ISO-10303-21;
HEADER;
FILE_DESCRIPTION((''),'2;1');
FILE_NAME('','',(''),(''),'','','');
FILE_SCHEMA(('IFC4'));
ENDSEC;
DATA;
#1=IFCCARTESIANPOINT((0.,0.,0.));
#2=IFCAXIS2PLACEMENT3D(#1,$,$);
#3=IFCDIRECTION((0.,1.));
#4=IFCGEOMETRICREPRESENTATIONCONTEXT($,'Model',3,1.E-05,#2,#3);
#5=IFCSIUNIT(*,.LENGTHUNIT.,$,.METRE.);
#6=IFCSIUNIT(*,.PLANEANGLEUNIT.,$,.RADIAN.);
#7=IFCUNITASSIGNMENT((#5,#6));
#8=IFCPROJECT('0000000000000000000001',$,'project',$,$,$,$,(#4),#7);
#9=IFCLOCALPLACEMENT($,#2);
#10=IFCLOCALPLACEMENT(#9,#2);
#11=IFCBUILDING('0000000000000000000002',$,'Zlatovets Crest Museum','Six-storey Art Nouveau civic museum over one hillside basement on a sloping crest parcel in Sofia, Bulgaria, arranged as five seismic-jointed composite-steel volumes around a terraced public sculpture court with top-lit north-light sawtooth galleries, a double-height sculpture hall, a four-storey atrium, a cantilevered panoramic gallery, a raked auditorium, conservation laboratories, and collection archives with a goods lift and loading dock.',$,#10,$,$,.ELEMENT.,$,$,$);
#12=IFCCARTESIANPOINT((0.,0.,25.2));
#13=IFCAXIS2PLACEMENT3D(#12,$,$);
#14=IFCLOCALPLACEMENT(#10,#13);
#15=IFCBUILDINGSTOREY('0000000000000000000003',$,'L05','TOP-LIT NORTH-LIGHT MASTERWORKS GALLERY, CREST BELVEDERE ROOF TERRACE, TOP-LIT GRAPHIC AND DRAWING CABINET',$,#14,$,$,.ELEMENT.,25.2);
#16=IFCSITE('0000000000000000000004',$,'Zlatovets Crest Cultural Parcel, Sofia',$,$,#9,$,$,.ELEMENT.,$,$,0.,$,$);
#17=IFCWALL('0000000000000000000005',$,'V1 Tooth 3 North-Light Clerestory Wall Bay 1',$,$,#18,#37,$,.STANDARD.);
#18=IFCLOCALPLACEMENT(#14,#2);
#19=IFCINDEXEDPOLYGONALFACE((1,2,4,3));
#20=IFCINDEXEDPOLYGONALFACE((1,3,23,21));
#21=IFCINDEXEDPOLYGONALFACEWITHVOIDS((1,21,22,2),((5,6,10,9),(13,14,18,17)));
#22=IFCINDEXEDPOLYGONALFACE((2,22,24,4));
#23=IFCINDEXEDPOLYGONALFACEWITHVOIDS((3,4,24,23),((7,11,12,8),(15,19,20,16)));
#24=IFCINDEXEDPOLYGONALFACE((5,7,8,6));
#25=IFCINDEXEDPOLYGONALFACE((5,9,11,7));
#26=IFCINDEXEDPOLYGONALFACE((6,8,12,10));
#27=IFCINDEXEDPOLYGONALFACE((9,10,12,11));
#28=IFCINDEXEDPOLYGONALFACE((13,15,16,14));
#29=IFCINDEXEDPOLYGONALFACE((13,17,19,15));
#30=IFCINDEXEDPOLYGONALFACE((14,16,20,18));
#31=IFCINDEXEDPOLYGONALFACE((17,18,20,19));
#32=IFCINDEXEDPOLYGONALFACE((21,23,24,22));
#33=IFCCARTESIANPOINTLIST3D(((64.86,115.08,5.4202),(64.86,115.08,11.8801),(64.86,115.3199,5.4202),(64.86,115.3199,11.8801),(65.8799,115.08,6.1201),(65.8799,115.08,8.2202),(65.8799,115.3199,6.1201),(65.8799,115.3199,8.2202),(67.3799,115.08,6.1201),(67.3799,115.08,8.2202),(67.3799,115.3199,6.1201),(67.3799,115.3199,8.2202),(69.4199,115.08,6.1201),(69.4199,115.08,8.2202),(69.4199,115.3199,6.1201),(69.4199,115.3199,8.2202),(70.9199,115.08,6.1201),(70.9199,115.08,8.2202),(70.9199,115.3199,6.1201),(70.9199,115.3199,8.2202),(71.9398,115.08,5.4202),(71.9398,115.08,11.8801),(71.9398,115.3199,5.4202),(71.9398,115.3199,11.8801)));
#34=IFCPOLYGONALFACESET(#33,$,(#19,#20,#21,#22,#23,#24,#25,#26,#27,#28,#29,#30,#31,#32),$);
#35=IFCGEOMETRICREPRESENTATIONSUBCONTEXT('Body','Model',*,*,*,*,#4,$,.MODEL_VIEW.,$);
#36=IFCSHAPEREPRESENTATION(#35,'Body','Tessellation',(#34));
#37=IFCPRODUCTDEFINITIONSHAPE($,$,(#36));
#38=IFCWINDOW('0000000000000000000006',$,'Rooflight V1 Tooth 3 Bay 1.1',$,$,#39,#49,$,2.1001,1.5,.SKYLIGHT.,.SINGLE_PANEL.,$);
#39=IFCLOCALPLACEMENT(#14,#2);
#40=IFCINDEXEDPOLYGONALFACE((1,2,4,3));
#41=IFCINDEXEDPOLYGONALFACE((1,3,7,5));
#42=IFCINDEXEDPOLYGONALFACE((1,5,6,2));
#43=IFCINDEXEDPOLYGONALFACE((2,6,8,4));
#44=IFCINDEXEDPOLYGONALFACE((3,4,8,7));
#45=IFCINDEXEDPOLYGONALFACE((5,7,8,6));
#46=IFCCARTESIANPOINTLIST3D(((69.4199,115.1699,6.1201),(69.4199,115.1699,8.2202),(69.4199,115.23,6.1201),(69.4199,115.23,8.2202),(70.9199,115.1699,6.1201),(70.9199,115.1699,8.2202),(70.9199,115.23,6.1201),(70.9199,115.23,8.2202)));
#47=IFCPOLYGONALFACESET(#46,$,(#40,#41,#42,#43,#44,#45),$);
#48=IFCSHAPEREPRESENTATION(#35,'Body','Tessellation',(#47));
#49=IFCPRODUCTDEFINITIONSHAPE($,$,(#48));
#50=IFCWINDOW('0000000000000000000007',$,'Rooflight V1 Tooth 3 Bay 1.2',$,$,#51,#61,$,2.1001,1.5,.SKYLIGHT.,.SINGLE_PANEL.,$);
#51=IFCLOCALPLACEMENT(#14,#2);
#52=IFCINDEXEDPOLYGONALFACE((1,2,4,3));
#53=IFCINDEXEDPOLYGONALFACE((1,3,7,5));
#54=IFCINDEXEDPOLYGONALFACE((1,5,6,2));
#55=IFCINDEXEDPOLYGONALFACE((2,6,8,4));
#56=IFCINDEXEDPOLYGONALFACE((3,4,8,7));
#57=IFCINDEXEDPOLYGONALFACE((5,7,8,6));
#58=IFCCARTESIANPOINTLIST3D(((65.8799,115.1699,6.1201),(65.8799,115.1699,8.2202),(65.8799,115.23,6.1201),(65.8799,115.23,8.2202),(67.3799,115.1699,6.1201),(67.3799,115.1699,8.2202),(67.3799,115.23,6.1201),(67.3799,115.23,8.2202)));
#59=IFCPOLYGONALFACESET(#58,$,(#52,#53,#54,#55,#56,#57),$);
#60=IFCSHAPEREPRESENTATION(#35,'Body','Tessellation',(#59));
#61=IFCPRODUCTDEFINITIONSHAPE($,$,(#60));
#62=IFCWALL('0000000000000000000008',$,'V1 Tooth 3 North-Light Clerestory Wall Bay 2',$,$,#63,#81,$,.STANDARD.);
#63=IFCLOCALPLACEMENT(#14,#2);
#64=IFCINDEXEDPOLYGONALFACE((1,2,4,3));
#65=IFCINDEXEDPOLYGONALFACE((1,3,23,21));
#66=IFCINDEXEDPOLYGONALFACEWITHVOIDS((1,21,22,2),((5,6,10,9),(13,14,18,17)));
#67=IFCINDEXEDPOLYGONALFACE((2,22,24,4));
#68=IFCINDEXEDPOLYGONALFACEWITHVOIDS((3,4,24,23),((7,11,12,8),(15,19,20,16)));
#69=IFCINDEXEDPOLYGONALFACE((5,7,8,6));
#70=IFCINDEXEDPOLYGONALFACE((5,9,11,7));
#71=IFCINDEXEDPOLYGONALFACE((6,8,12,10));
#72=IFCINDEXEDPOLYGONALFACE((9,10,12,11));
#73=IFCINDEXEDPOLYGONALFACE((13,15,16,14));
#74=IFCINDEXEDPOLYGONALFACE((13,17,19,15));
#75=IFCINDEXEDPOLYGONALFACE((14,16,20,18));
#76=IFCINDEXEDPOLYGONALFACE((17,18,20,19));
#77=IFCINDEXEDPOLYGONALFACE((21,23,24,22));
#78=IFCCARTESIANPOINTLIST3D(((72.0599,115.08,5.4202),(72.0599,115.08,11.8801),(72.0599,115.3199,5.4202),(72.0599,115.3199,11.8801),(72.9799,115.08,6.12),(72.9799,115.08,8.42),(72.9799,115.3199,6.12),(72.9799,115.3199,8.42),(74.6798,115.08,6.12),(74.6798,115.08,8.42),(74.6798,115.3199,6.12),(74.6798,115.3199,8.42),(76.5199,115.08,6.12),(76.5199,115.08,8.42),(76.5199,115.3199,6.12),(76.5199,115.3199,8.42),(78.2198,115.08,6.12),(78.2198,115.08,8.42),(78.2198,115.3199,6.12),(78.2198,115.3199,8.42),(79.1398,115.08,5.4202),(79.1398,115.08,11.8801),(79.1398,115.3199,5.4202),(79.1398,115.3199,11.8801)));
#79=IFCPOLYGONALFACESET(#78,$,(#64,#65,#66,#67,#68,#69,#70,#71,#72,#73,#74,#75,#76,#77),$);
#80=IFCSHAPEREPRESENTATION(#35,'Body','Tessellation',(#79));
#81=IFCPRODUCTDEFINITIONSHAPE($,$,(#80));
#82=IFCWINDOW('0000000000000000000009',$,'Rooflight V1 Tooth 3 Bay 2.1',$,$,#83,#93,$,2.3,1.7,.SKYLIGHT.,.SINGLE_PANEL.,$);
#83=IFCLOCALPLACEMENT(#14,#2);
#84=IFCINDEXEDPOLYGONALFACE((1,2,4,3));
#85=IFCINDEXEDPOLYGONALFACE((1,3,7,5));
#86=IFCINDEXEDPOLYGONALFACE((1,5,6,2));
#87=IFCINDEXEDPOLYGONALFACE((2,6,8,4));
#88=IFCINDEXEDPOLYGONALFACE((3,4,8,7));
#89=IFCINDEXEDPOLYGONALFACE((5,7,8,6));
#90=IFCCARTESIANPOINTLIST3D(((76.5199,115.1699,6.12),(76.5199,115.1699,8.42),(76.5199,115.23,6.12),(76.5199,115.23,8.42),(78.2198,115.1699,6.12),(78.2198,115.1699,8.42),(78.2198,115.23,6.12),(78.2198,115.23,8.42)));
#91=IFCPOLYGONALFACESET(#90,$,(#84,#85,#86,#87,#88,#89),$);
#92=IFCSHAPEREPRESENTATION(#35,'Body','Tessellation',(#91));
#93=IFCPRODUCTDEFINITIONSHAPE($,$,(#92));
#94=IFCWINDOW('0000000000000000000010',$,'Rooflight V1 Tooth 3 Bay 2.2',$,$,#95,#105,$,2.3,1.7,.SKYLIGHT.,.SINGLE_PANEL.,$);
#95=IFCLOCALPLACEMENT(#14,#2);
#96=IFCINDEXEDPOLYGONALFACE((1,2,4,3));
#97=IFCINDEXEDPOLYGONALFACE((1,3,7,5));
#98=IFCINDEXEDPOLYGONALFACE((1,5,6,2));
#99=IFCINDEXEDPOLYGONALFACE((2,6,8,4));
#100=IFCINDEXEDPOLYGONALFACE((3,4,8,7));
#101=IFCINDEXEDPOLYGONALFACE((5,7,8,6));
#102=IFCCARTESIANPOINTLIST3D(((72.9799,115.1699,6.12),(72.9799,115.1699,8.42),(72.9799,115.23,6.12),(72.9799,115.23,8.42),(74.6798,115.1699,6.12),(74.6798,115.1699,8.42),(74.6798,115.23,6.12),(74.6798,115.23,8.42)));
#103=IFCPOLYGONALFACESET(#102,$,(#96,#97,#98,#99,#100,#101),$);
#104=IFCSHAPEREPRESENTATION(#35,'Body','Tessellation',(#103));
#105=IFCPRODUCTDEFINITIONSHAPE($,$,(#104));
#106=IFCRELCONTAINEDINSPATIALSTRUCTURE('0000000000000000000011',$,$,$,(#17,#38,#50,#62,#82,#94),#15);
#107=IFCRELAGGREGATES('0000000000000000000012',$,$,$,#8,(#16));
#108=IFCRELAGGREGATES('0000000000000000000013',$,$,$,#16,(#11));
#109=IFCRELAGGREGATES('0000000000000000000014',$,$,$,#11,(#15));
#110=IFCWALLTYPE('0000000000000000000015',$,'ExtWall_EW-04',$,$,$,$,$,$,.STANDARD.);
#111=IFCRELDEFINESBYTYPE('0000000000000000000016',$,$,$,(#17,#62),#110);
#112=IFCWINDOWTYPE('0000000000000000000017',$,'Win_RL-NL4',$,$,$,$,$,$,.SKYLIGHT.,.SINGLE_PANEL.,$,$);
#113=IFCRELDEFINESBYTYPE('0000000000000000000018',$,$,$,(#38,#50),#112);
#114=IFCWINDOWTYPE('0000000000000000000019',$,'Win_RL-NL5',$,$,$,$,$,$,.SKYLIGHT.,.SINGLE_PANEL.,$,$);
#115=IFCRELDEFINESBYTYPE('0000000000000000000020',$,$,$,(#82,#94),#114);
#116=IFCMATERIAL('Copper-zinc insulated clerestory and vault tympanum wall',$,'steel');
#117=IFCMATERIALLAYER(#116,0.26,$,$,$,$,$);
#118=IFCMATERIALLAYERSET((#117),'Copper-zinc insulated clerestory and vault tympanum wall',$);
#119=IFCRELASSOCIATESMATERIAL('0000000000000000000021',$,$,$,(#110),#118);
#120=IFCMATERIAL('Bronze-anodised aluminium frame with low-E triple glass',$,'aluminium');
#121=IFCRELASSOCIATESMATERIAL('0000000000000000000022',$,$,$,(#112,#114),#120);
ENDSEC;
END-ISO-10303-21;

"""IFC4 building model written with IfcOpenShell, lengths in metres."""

from ifc_helpers import new_model, si_unit, direction, frame, frame_2d, origin, place, context, subcontext, project, spatial, rectangle, extrude, material, layer, layer_set, type_object, element, fill, save


model = new_model("IFC4")

# Units and contexts
model_context = context("Model", 3, precision=1e-05, world=origin(), true_north=direction((0.0, 1.0)))
body_context = subcontext(model_context, "Body", "Model", "MODEL_VIEW")
ifc_project = project(units=[si_unit("LENGTHUNIT", "METRE"), si_unit("PLANEANGLEUNIT", "RADIAN")], contexts=[model_context])

# Site, building, storey
site_placement = place(None, origin())
site = spatial("IfcSite", under=ifc_project, at=site_placement, Name="Zlatovets Crest Cultural Parcel, Sofia", CompositionType="ELEMENT", RefElevation=0.0)
building_placement = place(site_placement, origin())
building = spatial("IfcBuilding", under=site, at=building_placement, Name="Zlatovets Crest Museum", Description="Six-storey Art Nouveau civic museum over one hillside basement on a sloping crest parcel in Sofia, Bulgaria, arranged as five seismic-jointed composite-steel volumes around a terraced public sculpture court with top-lit north-light sawtooth galleries, a double-height sculpture hall, a four-storey atrium, a cantilevered panoramic gallery, a raked auditorium, conservation laboratories, and collection archives with a goods lift and loading dock.", CompositionType="ELEMENT")
storey_placement = place(building_placement, frame((0.0, 0.0, 25.2)))
storey = spatial("IfcBuildingStorey", under=building, at=storey_placement, Name="L05", Description="TOP-LIT NORTH-LIGHT MASTERWORKS GALLERY, CREST BELVEDERE ROOF TERRACE, TOP-LIT GRAPHIC AND DRAWING CABINET", CompositionType="ELEMENT", Elevation=25.2)

# Walls, openings, windows
ifc_material_1 = material(Name="Copper-zinc insulated clerestory and vault tympanum wall", Category="steel")
ifc_layer_1 = layer(ifc_material_1, 0.26)
ifc_layer_set_1 = layer_set([ifc_layer_1], Name="Copper-zinc insulated clerestory and vault tympanum wall")
wall_type_1 = type_object("IfcWallType", Name="ExtWall_EW-04", PredefinedType="STANDARD", material=ifc_layer_set_1)
wall_1_placement = place(storey_placement, frame((71.9399, 115.2, 5.4202), z_axis=(0.0, 0.0, 1.0), x_axis=(-1.0, 0.0, 0.0)))
wall_1 = element("IfcWall", 1, at=wall_1_placement, inside=storey, type_object=wall_type_1, Name="V1 Tooth 3 North-Light Clerestory Wall Bay 1", PredefinedType="STANDARD", context=body_context, shape_type="SweptSolid", body=[
    extrude(rectangle(XDim=7.0798, YDim=0.24, at=frame_2d((3.54, 0.0))), origin(), (0.0, 0.0, 1.0), 6.46),
])
opening_1_placement = place(wall_1_placement, frame((1.02, 0.0, 0.7)))
opening_1 = element("IfcOpeningElement", 2, at=opening_1_placement, cuts=wall_1, PredefinedType="OPENING", context=body_context, shape_type="SweptSolid", body=[
    extrude(rectangle(XDim=1.5, YDim=2.1001, at=frame_2d((0.75, 1.05))), frame((0.0, 0.1299, 0.0), z_axis=(0.0, -1.0, 0.0), x_axis=(1.0, 0.0, 0.0)), (0.0, 0.0, 1.0), 0.26),
])
opening_2_placement = place(wall_1_placement, frame((4.5601, 0.0, 0.7)))
opening_2 = element("IfcOpeningElement", 3, at=opening_2_placement, cuts=wall_1, PredefinedType="OPENING", context=body_context, shape_type="SweptSolid", body=[
    extrude(rectangle(XDim=1.5, YDim=2.1001, at=frame_2d((0.75, 1.05))), frame((0.0, 0.1299, 0.0), z_axis=(0.0, -1.0, 0.0), x_axis=(1.0, 0.0, 0.0)), (0.0, 0.0, 1.0), 0.26),
])
ifc_material_2 = material(Name="Bronze-anodised aluminium frame with low-E triple glass", Category="aluminium")
window_type_1 = type_object("IfcWindowType", Name="Win_RL-NL4", PartitioningType="SINGLE_PANEL", PredefinedType="SKYLIGHT", material=ifc_material_2)
window_1_placement = place(opening_1_placement, origin())
window_1 = element("IfcWindow", 4, at=window_1_placement, inside=storey, type_object=window_type_1, Name="Rooflight V1 Tooth 3 Bay 1.1", OverallHeight=2.1001, OverallWidth=1.5, PartitioningType="SINGLE_PANEL", PredefinedType="SKYLIGHT", context=body_context, shape_type="SweptSolid", body=[
    extrude(rectangle(XDim=1.5, YDim=2.1001, at=frame_2d((0.75, 1.05))), frame((0.0, 0.03, 0.0), z_axis=(0.0, -1.0, 0.0), x_axis=(1.0, 0.0, 0.0)), (0.0, 0.0, 1.0), 0.0601),
])
fill(opening_1, window_1)
window_2_placement = place(opening_2_placement, origin())
window_2 = element("IfcWindow", 5, at=window_2_placement, inside=storey, type_object=window_type_1, Name="Rooflight V1 Tooth 3 Bay 1.2", OverallHeight=2.1001, OverallWidth=1.5, PartitioningType="SINGLE_PANEL", PredefinedType="SKYLIGHT", context=body_context, shape_type="SweptSolid", body=[
    extrude(rectangle(XDim=1.5, YDim=2.1001, at=frame_2d((0.75, 1.05))), frame((0.0, 0.03, 0.0), z_axis=(0.0, -1.0, 0.0), x_axis=(1.0, 0.0, 0.0)), (0.0, 0.0, 1.0), 0.0601),
])
fill(opening_2, window_2)
wall_2_placement = place(storey_placement, frame((79.1399, 115.2, 5.4202), z_axis=(0.0, 0.0, 1.0), x_axis=(-1.0, 0.0, 0.0)))
wall_2 = element("IfcWall", 6, at=wall_2_placement, inside=storey, type_object=wall_type_1, Name="V1 Tooth 3 North-Light Clerestory Wall Bay 2", PredefinedType="STANDARD", context=body_context, shape_type="SweptSolid", body=[
    extrude(rectangle(XDim=7.0798, YDim=0.24, at=frame_2d((3.54, 0.0))), origin(), (0.0, 0.0, 1.0), 6.46),
])
opening_3_placement = place(wall_2_placement, frame((0.9199, 0.0, 0.7)))
opening_3 = element("IfcOpeningElement", 7, at=opening_3_placement, cuts=wall_2, PredefinedType="OPENING", context=body_context, shape_type="SweptSolid", body=[
    extrude(rectangle(XDim=1.7, YDim=2.3, at=frame_2d((0.8501, 1.1499))), frame((0.0, 0.1299, 0.0), z_axis=(0.0, -1.0, 0.0), x_axis=(1.0, 0.0, 0.0)), (0.0, 0.0, 1.0), 0.26),
])
opening_4_placement = place(wall_2_placement, frame((4.46, 0.0, 0.7)))
opening_4 = element("IfcOpeningElement", 8, at=opening_4_placement, cuts=wall_2, PredefinedType="OPENING", context=body_context, shape_type="SweptSolid", body=[
    extrude(rectangle(XDim=1.7, YDim=2.3, at=frame_2d((0.8501, 1.1499))), frame((0.0, 0.1299, 0.0), z_axis=(0.0, -1.0, 0.0), x_axis=(1.0, 0.0, 0.0)), (0.0, 0.0, 1.0), 0.26),
])
window_type_2 = type_object("IfcWindowType", Name="Win_RL-NL5", PartitioningType="SINGLE_PANEL", PredefinedType="SKYLIGHT", material=ifc_material_2)
window_3_placement = place(opening_3_placement, origin())
window_3 = element("IfcWindow", 9, at=window_3_placement, inside=storey, type_object=window_type_2, Name="Rooflight V1 Tooth 3 Bay 2.1", OverallHeight=2.3, OverallWidth=1.7, PartitioningType="SINGLE_PANEL", PredefinedType="SKYLIGHT", context=body_context, shape_type="SweptSolid", body=[
    extrude(rectangle(XDim=1.7, YDim=2.3, at=frame_2d((0.8501, 1.1499))), frame((0.0, 0.03, 0.0), z_axis=(0.0, -1.0, 0.0), x_axis=(1.0, 0.0, 0.0)), (0.0, 0.0, 1.0), 0.0601),
])
fill(opening_3, window_3)
window_4_placement = place(opening_4_placement, origin())
window_4 = element("IfcWindow", 10, at=window_4_placement, inside=storey, type_object=window_type_2, Name="Rooflight V1 Tooth 3 Bay 2.2", OverallHeight=2.3, OverallWidth=1.7, PartitioningType="SINGLE_PANEL", PredefinedType="SKYLIGHT", context=body_context, shape_type="SweptSolid", body=[
    extrude(rectangle(XDim=1.7, YDim=2.3, at=frame_2d((0.8501, 1.1499))), frame((0.0, 0.03, 0.0), z_axis=(0.0, -1.0, 0.0), x_axis=(1.0, 0.0, 0.0)), (0.0, 0.0, 1.0), 0.0601),
])
fill(opening_4, window_4)

save(model, "model.ifc")
